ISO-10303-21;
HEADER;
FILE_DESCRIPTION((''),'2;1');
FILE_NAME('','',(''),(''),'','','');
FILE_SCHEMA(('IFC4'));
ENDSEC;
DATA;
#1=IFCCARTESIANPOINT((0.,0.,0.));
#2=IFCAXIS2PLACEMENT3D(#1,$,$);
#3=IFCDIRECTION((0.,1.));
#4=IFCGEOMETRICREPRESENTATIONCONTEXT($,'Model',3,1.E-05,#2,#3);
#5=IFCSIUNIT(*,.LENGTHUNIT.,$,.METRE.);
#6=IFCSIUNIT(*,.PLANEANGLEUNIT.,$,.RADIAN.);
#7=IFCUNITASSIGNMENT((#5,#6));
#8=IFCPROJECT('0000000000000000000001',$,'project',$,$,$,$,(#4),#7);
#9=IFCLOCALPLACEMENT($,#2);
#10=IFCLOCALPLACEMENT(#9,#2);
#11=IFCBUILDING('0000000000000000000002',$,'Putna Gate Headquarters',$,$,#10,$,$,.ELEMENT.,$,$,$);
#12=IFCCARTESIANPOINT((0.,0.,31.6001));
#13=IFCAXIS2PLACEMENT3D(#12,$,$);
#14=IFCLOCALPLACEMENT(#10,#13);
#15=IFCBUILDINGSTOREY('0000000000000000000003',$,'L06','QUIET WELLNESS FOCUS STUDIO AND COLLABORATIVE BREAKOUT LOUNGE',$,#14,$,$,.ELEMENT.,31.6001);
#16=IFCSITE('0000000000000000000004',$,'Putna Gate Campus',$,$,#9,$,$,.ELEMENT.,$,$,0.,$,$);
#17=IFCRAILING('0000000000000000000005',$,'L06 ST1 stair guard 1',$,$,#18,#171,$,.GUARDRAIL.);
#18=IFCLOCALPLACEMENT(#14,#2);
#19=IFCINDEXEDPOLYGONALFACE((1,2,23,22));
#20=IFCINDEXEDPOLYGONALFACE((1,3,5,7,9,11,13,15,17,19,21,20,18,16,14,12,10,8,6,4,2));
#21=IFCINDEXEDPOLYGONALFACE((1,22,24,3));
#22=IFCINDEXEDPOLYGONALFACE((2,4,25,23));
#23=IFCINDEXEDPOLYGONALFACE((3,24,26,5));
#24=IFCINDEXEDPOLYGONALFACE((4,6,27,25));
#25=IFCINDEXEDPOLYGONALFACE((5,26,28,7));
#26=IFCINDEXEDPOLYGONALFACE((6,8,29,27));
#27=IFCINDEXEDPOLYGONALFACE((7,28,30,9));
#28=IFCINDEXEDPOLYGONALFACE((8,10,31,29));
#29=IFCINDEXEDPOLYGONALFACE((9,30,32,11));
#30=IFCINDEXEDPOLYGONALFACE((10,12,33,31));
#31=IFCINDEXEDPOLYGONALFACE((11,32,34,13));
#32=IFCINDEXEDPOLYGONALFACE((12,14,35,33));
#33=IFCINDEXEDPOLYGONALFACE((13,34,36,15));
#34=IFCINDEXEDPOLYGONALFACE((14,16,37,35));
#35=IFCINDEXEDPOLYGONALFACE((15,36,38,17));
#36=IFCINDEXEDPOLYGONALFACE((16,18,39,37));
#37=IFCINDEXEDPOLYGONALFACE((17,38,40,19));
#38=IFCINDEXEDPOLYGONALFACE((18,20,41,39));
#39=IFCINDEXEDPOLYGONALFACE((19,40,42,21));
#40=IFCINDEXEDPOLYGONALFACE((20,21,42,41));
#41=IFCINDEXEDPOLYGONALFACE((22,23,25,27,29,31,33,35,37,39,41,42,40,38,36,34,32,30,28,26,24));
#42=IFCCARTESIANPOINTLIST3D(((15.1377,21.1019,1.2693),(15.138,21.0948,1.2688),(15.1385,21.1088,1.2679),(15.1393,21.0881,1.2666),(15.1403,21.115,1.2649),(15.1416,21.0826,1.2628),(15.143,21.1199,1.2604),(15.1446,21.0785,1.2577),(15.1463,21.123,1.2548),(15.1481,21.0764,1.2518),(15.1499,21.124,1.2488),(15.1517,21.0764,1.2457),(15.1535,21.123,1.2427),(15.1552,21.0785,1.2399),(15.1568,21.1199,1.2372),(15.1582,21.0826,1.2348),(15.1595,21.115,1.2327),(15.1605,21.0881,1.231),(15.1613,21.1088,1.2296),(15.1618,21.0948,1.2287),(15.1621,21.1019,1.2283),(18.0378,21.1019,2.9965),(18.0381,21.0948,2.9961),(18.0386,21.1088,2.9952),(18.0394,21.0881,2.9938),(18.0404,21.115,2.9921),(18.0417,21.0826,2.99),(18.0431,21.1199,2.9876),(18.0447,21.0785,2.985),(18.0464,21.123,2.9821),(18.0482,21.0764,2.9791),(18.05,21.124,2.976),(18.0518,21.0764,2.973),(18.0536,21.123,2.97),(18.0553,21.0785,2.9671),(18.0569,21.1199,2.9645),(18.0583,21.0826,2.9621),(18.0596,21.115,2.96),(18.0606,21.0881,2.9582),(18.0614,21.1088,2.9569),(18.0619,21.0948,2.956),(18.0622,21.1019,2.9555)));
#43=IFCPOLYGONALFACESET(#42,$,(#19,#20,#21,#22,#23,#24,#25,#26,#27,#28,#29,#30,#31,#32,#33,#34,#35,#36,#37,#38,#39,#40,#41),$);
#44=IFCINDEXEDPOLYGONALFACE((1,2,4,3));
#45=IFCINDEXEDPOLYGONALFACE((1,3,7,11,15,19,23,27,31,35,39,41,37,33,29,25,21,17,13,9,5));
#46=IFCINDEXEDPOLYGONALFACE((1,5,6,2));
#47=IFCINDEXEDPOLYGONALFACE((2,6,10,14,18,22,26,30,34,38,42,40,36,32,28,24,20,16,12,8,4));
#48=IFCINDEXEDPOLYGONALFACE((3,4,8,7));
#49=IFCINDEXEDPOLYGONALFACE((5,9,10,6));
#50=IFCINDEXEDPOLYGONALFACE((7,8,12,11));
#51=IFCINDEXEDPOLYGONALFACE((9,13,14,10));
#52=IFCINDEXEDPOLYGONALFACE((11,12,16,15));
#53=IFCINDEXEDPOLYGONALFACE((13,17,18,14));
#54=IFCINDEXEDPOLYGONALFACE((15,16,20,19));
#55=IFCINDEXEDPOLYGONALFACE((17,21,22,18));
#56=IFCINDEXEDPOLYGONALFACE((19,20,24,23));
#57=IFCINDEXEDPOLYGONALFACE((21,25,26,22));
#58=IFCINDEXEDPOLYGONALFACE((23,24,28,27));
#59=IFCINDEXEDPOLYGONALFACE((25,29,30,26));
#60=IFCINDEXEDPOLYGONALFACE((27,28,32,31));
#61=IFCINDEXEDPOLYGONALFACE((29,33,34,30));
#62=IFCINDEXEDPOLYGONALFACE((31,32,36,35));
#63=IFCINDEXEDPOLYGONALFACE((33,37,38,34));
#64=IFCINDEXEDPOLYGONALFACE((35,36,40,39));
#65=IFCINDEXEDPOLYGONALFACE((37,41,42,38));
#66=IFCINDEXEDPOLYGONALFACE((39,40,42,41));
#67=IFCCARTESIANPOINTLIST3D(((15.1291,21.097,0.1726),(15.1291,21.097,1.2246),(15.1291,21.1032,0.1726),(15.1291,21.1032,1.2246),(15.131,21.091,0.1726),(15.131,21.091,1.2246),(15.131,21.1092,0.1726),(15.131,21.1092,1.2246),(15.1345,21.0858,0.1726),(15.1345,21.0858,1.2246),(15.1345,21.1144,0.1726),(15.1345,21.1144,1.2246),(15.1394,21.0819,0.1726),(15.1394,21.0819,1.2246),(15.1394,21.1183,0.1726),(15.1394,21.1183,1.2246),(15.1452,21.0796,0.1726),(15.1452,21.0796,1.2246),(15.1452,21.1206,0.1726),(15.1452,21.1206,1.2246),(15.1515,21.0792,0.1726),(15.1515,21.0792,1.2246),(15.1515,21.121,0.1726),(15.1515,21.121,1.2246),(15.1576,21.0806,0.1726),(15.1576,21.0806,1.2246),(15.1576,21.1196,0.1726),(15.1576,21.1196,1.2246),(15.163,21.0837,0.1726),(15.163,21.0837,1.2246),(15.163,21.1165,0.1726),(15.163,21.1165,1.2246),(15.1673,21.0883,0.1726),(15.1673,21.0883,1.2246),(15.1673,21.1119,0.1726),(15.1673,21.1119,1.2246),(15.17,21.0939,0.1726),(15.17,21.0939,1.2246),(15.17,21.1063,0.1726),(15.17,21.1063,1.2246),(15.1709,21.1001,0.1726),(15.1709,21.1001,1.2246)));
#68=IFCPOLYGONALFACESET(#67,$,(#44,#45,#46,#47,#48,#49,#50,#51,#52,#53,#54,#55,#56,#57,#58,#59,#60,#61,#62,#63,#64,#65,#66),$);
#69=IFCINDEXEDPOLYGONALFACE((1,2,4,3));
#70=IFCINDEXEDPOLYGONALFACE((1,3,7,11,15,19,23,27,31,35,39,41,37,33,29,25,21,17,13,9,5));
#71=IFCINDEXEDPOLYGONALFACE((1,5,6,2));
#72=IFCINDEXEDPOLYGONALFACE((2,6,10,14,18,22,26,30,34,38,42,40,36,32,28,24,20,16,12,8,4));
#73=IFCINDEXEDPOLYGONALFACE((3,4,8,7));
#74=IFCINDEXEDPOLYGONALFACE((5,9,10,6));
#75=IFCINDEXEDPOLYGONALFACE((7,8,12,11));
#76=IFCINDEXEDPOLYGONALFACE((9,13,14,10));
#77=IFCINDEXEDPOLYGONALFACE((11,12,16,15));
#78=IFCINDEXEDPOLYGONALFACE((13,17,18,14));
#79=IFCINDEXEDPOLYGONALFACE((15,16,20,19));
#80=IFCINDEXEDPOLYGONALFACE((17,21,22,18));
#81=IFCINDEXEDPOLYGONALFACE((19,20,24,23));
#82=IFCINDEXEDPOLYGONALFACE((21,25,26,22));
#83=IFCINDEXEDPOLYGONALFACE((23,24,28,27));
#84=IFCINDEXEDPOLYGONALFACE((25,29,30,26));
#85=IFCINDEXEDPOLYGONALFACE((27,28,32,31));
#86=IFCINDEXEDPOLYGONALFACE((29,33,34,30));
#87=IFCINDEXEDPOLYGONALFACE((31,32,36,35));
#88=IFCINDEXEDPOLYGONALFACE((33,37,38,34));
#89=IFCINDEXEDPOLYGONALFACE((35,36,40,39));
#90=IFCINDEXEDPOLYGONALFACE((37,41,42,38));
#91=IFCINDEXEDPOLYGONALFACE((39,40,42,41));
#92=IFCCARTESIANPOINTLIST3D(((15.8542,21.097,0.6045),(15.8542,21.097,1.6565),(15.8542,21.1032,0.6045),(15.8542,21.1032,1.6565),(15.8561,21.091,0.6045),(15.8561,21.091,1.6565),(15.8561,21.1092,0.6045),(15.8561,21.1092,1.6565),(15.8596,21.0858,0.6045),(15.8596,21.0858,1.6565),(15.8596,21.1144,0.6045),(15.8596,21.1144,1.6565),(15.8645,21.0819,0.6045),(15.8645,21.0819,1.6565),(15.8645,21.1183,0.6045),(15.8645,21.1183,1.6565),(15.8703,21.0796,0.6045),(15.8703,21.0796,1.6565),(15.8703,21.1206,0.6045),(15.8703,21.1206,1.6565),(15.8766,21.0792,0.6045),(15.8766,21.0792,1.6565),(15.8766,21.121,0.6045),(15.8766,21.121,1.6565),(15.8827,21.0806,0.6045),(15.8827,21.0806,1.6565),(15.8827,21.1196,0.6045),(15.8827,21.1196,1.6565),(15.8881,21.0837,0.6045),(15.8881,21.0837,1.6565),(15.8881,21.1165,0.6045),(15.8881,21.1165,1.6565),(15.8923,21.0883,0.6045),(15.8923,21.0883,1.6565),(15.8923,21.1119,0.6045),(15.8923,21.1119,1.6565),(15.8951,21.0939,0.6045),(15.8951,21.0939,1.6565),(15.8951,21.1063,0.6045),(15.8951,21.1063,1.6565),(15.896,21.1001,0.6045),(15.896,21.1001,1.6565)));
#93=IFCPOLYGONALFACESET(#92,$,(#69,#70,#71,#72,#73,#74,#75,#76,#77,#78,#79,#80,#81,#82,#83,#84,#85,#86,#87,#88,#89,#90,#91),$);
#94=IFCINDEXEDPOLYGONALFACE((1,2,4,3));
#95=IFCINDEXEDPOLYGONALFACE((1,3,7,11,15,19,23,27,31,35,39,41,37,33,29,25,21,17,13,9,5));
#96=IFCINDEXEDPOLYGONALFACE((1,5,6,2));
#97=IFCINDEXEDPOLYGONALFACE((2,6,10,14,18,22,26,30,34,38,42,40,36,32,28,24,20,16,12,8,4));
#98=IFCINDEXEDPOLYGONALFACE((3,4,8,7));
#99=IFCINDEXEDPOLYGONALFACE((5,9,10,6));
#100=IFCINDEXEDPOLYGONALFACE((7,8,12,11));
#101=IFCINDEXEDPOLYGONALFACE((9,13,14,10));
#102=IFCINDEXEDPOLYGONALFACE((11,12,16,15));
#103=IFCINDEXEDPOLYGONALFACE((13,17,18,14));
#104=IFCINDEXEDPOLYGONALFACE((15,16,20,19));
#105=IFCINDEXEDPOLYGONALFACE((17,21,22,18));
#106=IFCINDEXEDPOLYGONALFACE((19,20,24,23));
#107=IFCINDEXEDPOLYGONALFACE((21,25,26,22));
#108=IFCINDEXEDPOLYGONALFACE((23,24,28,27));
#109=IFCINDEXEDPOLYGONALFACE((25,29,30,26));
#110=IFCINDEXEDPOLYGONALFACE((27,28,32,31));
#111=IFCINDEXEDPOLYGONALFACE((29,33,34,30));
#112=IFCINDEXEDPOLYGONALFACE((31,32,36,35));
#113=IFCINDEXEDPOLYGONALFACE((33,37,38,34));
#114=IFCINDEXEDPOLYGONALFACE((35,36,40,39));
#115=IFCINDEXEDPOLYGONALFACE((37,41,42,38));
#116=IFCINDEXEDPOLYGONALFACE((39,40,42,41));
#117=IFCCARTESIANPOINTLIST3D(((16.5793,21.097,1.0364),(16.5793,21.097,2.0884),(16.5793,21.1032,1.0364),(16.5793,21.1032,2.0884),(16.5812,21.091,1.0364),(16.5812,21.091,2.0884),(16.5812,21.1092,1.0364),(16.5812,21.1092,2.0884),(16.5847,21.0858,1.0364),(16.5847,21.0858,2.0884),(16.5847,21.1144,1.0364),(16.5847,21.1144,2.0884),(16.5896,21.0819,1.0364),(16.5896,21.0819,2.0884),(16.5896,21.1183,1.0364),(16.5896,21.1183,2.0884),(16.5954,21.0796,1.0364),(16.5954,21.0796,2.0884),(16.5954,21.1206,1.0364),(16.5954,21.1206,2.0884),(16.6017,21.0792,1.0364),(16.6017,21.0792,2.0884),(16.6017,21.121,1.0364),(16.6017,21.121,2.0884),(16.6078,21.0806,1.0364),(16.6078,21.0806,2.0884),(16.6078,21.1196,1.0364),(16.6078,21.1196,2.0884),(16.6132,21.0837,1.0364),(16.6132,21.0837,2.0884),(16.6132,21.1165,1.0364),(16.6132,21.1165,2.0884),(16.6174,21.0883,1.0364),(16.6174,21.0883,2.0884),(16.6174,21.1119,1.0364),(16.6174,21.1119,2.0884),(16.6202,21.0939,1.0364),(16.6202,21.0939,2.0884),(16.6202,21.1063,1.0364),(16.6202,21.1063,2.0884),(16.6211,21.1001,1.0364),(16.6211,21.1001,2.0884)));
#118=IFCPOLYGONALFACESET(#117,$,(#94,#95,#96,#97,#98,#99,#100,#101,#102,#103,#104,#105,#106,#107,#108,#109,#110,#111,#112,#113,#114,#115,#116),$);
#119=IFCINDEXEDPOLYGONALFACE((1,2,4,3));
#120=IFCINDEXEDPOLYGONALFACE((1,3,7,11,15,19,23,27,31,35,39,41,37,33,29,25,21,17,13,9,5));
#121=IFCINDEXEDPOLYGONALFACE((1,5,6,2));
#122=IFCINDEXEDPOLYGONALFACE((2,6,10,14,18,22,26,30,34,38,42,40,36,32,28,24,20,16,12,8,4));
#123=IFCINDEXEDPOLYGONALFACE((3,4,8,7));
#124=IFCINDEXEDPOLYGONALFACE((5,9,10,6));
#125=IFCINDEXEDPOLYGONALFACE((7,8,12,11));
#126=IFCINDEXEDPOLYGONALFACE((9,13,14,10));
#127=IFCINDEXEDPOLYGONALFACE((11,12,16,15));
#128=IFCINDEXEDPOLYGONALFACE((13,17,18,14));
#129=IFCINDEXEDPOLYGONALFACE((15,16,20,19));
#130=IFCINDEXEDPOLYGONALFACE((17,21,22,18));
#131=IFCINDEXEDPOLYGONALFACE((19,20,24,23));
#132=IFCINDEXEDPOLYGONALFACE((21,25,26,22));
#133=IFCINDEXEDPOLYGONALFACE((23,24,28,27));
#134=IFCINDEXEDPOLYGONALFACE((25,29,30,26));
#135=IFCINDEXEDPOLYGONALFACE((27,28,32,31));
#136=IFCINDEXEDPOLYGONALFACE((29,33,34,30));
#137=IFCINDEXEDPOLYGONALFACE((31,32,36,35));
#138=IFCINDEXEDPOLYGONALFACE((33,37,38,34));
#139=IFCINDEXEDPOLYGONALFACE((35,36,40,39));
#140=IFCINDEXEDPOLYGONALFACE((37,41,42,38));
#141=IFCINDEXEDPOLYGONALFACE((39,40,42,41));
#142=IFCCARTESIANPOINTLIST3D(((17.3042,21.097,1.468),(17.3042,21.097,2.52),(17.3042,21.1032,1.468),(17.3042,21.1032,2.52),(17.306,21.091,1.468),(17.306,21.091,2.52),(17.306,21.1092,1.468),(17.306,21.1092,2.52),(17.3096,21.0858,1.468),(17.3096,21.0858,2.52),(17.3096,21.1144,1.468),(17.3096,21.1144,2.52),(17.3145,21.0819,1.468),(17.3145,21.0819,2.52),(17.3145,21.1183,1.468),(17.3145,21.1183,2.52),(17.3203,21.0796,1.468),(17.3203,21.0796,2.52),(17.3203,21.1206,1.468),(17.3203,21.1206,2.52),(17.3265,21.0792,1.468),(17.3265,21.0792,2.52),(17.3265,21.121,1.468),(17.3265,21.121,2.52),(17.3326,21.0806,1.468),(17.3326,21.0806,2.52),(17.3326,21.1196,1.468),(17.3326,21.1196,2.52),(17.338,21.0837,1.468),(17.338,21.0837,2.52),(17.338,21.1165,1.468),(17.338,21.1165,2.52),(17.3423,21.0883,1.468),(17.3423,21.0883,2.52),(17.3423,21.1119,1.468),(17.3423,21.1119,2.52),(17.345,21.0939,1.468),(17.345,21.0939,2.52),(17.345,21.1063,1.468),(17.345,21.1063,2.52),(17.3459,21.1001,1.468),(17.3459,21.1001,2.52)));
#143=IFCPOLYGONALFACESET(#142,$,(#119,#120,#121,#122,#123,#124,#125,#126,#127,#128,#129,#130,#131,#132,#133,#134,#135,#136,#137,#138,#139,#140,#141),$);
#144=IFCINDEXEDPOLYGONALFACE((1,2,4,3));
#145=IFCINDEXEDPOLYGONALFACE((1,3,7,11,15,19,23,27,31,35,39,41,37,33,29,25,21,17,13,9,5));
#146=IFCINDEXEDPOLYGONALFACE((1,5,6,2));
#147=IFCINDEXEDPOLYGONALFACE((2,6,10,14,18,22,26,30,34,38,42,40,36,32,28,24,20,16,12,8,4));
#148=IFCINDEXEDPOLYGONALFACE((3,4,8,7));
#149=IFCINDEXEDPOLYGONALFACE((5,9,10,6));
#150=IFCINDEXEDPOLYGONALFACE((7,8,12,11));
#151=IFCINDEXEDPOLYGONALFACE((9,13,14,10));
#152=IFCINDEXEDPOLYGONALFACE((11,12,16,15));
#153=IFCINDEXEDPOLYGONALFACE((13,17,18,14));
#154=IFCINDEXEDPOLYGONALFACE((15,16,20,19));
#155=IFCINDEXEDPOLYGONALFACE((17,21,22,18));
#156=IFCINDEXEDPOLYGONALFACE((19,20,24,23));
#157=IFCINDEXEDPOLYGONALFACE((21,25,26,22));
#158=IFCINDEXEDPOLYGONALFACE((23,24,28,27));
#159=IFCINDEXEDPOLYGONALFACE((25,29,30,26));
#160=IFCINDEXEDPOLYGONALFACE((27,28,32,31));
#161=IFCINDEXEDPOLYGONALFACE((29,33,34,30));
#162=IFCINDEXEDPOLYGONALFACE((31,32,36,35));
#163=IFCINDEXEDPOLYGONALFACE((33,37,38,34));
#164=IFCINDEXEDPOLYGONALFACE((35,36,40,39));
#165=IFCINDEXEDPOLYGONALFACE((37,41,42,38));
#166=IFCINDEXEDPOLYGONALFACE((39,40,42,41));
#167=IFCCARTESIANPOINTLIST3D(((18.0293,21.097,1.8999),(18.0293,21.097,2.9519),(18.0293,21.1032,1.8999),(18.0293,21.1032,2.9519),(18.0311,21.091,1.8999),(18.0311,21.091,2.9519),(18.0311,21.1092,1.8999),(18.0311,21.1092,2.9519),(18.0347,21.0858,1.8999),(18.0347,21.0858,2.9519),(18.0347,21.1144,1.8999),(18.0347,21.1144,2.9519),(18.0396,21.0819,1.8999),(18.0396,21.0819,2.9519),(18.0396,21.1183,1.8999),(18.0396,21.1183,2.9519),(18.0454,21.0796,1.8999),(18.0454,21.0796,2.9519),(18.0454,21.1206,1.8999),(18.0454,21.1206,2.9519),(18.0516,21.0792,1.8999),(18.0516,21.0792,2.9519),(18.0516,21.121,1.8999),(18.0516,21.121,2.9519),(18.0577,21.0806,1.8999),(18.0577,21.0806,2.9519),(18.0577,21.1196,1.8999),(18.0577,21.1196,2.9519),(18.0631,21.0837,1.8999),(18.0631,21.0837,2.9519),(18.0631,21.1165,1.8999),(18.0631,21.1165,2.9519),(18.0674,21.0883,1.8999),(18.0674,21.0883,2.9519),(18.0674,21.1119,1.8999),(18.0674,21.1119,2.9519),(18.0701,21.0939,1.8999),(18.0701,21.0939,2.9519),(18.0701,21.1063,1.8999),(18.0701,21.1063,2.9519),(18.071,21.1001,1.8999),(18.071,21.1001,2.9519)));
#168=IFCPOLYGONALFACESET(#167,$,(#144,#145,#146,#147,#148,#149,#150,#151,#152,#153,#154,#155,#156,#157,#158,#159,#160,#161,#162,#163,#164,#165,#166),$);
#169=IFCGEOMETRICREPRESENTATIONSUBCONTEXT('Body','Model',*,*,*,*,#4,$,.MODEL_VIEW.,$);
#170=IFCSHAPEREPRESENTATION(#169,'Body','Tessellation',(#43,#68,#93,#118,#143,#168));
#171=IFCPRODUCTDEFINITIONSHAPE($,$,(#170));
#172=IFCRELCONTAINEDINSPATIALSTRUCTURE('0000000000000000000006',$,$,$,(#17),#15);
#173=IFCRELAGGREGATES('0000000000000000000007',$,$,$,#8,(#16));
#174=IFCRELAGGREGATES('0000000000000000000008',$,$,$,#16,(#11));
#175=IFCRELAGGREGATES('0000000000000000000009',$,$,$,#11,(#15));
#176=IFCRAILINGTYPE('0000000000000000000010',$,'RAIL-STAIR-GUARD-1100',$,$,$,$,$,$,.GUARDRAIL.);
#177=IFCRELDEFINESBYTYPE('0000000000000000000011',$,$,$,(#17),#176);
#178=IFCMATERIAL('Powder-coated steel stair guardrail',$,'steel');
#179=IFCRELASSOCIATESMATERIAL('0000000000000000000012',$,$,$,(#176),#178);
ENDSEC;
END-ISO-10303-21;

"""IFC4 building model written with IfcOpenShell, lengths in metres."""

from ifc_helpers import new_model, si_unit, direction, frame, origin, origin_2d, place, context, subcontext, project, spatial, circle, extrude, material, type_object, element, save


model = new_model("IFC4")

# Units and contexts
model_context = context("Model", 3, precision=1e-05, world=origin(), true_north=direction((0.0, 1.0)))
body_context = subcontext(model_context, "Body", "Model", "MODEL_VIEW")
ifc_project = project(units=[si_unit("LENGTHUNIT", "METRE"), si_unit("PLANEANGLEUNIT", "RADIAN")], contexts=[model_context])

# Site, building, storey
site_placement = place(None, origin())
site = spatial("IfcSite", under=ifc_project, at=site_placement, Name="Putna Gate Campus", CompositionType="ELEMENT", RefElevation=0.0)
building_placement = place(site_placement, origin())
building = spatial("IfcBuilding", under=site, at=building_placement, Name="Putna Gate Headquarters", CompositionType="ELEMENT")
storey_placement = place(building_placement, frame((0.0, 0.0, 31.6001)))
storey = spatial("IfcBuildingStorey", under=building, at=storey_placement, Name="L06", Description="QUIET WELLNESS FOCUS STUDIO AND COLLABORATIVE BREAKOUT LOUNGE", CompositionType="ELEMENT", Elevation=31.6001)

# Railing
ifc_material_1 = material(Name="Powder-coated steel stair guardrail", Category="steel")
railing_type_1 = type_object("IfcRailingType", Name="RAIL-STAIR-GUARD-1100", PredefinedType="GUARDRAIL", material=ifc_material_1)
railing_1_placement = place(storey_placement, frame((15.1499, 21.1001, 0.1726)))
element("IfcRailing", 1, at=railing_1_placement, inside=storey, type_object=railing_type_1, Name="L06 ST1 stair guard 1", PredefinedType="GUARDRAIL", context=body_context, shape_type="SweptSolid", body=[
    extrude(circle(Radius=0.0239, at=origin_2d()), frame((0.0, 0.0, 1.0762), z_axis=(0.85916, 0.0, 0.511706), x_axis=(0.0, 1.0, 0.0)), (0.0, 0.0, 1.0), 3.3755),
    extrude(circle(Radius=0.021, at=origin_2d()), origin(), (0.0, 0.0, 1.0), 1.052),
    extrude(circle(Radius=0.021, at=origin_2d()), frame((0.7251, 0.0, 0.4319)), (0.0, 0.0, 1.0), 1.052),
    extrude(circle(Radius=0.021, at=origin_2d()), frame((1.4502, 0.0, 0.8638)), (0.0, 0.0, 1.0), 1.052),
    extrude(circle(Radius=0.021, at=origin_2d()), frame((2.175, 0.0, 1.2954)), (0.0, 0.0, 1.0), 1.052),
    extrude(circle(Radius=0.021, at=origin_2d()), frame((2.9001, 0.0, 1.7273)), (0.0, 0.0, 1.0), 1.052),
])

save(model, "model.ifc")
